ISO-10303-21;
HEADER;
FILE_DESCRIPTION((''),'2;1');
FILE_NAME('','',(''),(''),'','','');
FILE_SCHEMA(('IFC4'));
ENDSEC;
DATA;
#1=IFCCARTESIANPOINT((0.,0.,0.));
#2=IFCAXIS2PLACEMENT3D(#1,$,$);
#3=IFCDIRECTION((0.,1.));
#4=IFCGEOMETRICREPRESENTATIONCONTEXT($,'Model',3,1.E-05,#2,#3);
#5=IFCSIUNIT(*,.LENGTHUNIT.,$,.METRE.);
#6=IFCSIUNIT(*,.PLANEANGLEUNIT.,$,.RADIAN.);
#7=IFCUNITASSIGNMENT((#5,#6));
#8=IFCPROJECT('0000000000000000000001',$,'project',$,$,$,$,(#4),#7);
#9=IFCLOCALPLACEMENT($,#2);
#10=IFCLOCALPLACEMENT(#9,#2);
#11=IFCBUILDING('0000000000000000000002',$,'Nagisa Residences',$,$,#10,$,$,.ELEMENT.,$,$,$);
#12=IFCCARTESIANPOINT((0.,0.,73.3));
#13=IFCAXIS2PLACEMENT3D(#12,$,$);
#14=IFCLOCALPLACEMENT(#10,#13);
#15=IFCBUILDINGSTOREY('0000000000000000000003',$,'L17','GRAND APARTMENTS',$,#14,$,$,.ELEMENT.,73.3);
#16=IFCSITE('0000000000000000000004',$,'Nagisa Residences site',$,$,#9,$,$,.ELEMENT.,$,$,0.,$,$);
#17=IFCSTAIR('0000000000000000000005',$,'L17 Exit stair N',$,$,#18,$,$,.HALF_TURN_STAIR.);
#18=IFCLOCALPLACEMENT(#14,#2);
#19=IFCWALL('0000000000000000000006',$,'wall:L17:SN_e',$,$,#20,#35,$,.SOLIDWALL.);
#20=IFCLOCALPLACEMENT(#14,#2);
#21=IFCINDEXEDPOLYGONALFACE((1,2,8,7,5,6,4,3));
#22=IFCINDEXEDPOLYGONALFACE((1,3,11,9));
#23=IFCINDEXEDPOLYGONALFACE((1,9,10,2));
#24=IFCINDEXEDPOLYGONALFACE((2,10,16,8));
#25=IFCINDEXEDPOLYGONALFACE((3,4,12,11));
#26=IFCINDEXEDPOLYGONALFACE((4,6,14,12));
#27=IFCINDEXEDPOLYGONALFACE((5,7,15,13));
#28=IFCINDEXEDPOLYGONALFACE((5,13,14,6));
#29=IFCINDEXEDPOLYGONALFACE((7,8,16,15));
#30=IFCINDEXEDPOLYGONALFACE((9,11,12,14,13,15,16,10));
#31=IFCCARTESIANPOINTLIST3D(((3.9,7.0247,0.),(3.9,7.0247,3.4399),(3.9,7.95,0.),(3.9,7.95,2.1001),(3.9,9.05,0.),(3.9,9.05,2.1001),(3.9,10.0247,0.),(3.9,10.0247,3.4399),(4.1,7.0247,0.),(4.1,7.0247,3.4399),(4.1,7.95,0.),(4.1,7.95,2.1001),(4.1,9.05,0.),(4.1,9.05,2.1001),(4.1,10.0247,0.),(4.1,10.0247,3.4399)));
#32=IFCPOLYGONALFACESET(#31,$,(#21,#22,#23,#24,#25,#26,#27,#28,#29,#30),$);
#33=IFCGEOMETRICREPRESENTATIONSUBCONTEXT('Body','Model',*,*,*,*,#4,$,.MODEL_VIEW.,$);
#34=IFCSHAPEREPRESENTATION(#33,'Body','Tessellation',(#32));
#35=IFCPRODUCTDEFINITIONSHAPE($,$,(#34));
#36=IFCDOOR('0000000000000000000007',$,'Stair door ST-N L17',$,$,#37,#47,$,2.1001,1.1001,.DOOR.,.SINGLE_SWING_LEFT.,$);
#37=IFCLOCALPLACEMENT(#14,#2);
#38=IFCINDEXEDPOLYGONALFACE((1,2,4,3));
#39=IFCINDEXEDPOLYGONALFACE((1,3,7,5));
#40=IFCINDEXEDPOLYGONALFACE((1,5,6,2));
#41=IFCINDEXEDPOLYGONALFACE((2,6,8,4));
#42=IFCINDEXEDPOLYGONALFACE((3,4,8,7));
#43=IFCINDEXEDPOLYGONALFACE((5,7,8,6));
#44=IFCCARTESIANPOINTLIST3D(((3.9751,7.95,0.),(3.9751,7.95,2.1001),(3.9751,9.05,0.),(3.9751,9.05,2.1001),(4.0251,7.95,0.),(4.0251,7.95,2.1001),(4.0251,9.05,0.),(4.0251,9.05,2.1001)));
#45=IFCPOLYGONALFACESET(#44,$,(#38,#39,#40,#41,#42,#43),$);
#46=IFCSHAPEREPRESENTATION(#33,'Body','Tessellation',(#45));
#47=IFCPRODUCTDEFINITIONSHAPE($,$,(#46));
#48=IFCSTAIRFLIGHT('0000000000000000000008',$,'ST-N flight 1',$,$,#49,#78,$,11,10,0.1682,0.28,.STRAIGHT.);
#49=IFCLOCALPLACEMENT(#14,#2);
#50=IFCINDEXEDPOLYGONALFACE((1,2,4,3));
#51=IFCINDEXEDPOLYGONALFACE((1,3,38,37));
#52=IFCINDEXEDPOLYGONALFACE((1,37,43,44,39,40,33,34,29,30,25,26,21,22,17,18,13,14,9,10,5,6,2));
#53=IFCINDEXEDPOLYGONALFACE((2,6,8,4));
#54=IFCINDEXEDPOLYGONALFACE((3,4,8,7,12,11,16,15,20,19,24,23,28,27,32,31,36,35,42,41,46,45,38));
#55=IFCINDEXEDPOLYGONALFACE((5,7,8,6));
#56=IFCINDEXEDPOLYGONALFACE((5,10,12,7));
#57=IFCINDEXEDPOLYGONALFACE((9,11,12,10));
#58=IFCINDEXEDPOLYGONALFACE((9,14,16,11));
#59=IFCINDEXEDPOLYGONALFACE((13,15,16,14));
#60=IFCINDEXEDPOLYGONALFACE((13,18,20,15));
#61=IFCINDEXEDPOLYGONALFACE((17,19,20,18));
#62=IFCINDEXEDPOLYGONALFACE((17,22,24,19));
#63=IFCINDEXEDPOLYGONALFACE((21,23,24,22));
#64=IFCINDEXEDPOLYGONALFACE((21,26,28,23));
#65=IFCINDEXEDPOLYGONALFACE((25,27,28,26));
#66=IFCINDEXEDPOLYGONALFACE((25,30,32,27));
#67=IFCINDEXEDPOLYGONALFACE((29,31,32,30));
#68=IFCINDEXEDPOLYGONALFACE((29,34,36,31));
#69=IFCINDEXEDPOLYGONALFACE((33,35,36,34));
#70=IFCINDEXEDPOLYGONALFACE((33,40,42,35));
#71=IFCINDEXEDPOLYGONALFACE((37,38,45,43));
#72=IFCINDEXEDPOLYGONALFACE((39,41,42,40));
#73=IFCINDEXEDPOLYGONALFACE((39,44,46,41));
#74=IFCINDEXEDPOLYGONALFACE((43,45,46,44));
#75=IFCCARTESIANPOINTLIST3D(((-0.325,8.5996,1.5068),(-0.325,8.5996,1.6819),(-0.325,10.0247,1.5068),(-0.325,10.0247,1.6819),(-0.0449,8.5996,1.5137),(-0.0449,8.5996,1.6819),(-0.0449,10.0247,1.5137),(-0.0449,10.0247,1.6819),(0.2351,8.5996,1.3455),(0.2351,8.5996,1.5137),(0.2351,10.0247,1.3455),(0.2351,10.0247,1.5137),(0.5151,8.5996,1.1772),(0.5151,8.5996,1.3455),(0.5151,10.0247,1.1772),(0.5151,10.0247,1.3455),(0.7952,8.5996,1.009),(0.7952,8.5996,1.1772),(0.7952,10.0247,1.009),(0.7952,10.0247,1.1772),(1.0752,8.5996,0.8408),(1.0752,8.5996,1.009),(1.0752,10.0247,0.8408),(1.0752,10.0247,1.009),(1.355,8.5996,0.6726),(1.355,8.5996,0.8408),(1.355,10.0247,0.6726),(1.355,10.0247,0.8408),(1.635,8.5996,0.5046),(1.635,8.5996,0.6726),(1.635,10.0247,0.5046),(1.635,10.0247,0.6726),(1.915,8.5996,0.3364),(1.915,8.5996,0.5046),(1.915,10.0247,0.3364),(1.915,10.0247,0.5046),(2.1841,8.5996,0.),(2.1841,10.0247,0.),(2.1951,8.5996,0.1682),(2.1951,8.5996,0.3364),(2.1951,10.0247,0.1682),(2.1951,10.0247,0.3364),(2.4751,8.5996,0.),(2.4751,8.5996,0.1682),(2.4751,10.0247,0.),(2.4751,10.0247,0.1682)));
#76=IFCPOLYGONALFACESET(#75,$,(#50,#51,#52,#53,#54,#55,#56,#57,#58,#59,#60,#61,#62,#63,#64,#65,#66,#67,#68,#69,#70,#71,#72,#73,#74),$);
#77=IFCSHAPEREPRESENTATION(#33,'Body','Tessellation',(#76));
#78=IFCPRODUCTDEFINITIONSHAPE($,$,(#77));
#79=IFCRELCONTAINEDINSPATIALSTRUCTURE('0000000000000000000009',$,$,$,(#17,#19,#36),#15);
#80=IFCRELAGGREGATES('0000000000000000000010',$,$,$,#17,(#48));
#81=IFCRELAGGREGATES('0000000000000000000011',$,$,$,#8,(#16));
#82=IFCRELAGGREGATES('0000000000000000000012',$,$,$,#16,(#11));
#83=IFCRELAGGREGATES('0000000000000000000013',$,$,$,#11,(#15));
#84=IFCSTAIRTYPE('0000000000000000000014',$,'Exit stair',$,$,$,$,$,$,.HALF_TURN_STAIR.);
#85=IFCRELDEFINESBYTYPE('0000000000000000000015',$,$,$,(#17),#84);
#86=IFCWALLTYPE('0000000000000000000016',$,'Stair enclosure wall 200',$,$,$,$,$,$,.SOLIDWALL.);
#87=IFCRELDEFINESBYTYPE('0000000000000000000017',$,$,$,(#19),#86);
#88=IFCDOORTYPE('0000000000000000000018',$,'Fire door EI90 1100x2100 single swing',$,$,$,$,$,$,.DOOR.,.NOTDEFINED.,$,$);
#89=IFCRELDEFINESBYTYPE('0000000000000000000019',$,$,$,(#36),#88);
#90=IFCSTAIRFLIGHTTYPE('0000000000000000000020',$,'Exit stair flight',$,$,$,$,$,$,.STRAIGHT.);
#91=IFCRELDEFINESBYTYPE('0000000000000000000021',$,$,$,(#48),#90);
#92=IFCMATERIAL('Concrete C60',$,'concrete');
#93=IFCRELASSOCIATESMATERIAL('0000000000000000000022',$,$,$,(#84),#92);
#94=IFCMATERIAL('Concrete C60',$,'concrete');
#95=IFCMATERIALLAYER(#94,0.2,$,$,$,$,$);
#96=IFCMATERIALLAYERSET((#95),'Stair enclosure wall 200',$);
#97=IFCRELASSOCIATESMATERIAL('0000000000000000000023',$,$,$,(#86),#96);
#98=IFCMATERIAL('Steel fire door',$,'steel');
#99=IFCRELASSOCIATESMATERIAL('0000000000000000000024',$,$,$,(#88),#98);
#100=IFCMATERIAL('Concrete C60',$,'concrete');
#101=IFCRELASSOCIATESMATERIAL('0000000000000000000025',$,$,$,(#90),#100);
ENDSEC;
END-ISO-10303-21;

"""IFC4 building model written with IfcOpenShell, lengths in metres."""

from ifc_helpers import new_model, si_unit, direction, frame, frame_2d, origin, place, context, subcontext, project, spatial, polyline, rectangle, outline, extrude, material, layer, layer_set, type_object, element, fill, aggregate, save


model = new_model("IFC4")

# Units and contexts
model_context = context("Model", 3, precision=1e-05, world=origin(), true_north=direction((0.0, 1.0)))
body_context = subcontext(model_context, "Body", "Model", "MODEL_VIEW")
ifc_project = project(units=[si_unit("LENGTHUNIT", "METRE"), si_unit("PLANEANGLEUNIT", "RADIAN")], contexts=[model_context])

# Site, building, storey
site_placement = place(None, origin())
site = spatial("IfcSite", under=ifc_project, at=site_placement, Name="Nagisa Residences site", CompositionType="ELEMENT", RefElevation=0.0)
building_placement = place(site_placement, origin())
building = spatial("IfcBuilding", under=site, at=building_placement, Name="Nagisa Residences", CompositionType="ELEMENT")
storey_placement = place(building_placement, frame((0.0, 0.0, 73.3)))
storey = spatial("IfcBuildingStorey", under=building, at=storey_placement, Name="L17", Description="GRAND APARTMENTS", CompositionType="ELEMENT", Elevation=73.3)

# Stair
ifc_material_1 = material(Name="Concrete C60", Category="concrete")
stair_type = type_object("IfcStairType", Name="Exit stair", PredefinedType="HALF_TURN_STAIR", material=ifc_material_1)
stair_1_placement = place(storey_placement, origin())
stair_1 = element("IfcStair", 1, at=stair_1_placement, inside=storey, type_object=stair_type, Name="L17 Exit stair N", PredefinedType="HALF_TURN_STAIR")

# Wall, opening, door
ifc_material_2 = material(Name="Concrete C60", Category="concrete")
ifc_layer_1 = layer(ifc_material_2, 0.2)
ifc_layer_set_1 = layer_set([ifc_layer_1], Name="Stair enclosure wall 200")
wall_type_1 = type_object("IfcWallType", Name="Stair enclosure wall 200", PredefinedType="SOLIDWALL", material=ifc_layer_set_1)
wall_1_placement = place(storey_placement, frame((4.0, 7.0247, 0.0), z_axis=(0.0, 0.0, 1.0), x_axis=(0.0, 1.0, 0.0)))
wall_1 = element("IfcWall", 2, at=wall_1_placement, inside=storey, type_object=wall_type_1, Name="wall:L17:SN_e", PredefinedType="SOLIDWALL", context=body_context, shape_type="SweptSolid", body=[
    extrude(rectangle(XDim=3.0, YDim=0.2, at=frame_2d((1.5, 0.0))), origin(), (0.0, 0.0, 1.0), 3.4399),
])
opening_1_placement = place(wall_1_placement, frame((0.9253, 0.0, 0.0)))
opening_1 = element("IfcOpeningElement", 3, at=opening_1_placement, cuts=wall_1, PredefinedType="OPENING", context=body_context, shape_type="SweptSolid", body=[
    extrude(rectangle(XDim=1.1001, YDim=2.1001, at=frame_2d((0.55, 1.05))), frame((0.0, 0.1099, 0.0), z_axis=(0.0, -1.0, 0.0), x_axis=(1.0, 0.0, 0.0)), (0.0, 0.0, 1.0), 0.22),
])
ifc_material_3 = material(Name="Steel fire door", Category="steel")
door_type_1 = type_object("IfcDoorType", Name="Fire door EI90 1100x2100 single swing", OperationType="NOTDEFINED", PredefinedType="DOOR", material=ifc_material_3)
door_1_placement = place(opening_1_placement, origin())
door_1 = element("IfcDoor", 4, at=door_1_placement, inside=storey, type_object=door_type_1, Name="Stair door ST-N L17", OperationType="SINGLE_SWING_LEFT", OverallHeight=2.1001, OverallWidth=1.1001, PredefinedType="DOOR", context=body_context, shape_type="SweptSolid", body=[
    extrude(rectangle(XDim=1.1001, YDim=2.1001, at=frame_2d((0.55, 1.05))), frame((0.0, 0.0249, 0.0), z_axis=(0.0, -1.0, 0.0), x_axis=(1.0, 0.0, 0.0)), (0.0, 0.0, 1.0), 0.05),
])
fill(opening_1, door_1)

# Stair flight
ifc_material_4 = material(Name="Concrete C60", Category="concrete")
stair_flight_type = type_object("IfcStairFlightType", Name="Exit stair flight", PredefinedType="STRAIGHT", material=ifc_material_4)
stair_flight_placement = place(storey_placement, frame((2.4751, 9.312, 0.0), z_axis=(0.0, 0.0, 1.0), x_axis=(-1.0, 0.0, 0.0)))
stair_flight = element("IfcStairFlight", 5, at=stair_flight_placement, type_object=stair_flight_type, Name="ST-N flight 1", NumberOfRisers=11, NumberOfTreads=10, PredefinedType="STRAIGHT", RiserHeight=0.1682, TreadLength=0.28, context=body_context, shape_type="SweptSolid", body=[
    extrude(outline(polyline([(0.0, 0.0), (0.0, 0.1682), (0.28, 0.1682), (0.28, 0.3364), (0.5601, 0.3364), (0.5601, 0.5046), (0.8401, 0.5046), (0.8401, 0.6726), (1.1201, 0.6726), (1.1201, 0.8408), (1.3999, 0.8408), (1.3999, 1.009), (1.6799, 1.009), (1.6799, 1.1772), (1.96, 1.1772), (1.96, 1.3455), (2.24, 1.3455), (2.24, 1.5137), (2.52, 1.5137), (2.52, 1.6819), (2.8, 1.6819), (2.8, 1.8501), (2.8, 1.5068), (0.291, 0.0), (0.0, 0.0)])), frame((0.0, 0.7124, 0.0), z_axis=(0.0, -1.0, 0.0), x_axis=(1.0, 0.0, 0.0)), (0.0, 0.0, 1.0), 1.425),
])
aggregate(stair_1, [stair_flight])

save(model, "model.ifc")
